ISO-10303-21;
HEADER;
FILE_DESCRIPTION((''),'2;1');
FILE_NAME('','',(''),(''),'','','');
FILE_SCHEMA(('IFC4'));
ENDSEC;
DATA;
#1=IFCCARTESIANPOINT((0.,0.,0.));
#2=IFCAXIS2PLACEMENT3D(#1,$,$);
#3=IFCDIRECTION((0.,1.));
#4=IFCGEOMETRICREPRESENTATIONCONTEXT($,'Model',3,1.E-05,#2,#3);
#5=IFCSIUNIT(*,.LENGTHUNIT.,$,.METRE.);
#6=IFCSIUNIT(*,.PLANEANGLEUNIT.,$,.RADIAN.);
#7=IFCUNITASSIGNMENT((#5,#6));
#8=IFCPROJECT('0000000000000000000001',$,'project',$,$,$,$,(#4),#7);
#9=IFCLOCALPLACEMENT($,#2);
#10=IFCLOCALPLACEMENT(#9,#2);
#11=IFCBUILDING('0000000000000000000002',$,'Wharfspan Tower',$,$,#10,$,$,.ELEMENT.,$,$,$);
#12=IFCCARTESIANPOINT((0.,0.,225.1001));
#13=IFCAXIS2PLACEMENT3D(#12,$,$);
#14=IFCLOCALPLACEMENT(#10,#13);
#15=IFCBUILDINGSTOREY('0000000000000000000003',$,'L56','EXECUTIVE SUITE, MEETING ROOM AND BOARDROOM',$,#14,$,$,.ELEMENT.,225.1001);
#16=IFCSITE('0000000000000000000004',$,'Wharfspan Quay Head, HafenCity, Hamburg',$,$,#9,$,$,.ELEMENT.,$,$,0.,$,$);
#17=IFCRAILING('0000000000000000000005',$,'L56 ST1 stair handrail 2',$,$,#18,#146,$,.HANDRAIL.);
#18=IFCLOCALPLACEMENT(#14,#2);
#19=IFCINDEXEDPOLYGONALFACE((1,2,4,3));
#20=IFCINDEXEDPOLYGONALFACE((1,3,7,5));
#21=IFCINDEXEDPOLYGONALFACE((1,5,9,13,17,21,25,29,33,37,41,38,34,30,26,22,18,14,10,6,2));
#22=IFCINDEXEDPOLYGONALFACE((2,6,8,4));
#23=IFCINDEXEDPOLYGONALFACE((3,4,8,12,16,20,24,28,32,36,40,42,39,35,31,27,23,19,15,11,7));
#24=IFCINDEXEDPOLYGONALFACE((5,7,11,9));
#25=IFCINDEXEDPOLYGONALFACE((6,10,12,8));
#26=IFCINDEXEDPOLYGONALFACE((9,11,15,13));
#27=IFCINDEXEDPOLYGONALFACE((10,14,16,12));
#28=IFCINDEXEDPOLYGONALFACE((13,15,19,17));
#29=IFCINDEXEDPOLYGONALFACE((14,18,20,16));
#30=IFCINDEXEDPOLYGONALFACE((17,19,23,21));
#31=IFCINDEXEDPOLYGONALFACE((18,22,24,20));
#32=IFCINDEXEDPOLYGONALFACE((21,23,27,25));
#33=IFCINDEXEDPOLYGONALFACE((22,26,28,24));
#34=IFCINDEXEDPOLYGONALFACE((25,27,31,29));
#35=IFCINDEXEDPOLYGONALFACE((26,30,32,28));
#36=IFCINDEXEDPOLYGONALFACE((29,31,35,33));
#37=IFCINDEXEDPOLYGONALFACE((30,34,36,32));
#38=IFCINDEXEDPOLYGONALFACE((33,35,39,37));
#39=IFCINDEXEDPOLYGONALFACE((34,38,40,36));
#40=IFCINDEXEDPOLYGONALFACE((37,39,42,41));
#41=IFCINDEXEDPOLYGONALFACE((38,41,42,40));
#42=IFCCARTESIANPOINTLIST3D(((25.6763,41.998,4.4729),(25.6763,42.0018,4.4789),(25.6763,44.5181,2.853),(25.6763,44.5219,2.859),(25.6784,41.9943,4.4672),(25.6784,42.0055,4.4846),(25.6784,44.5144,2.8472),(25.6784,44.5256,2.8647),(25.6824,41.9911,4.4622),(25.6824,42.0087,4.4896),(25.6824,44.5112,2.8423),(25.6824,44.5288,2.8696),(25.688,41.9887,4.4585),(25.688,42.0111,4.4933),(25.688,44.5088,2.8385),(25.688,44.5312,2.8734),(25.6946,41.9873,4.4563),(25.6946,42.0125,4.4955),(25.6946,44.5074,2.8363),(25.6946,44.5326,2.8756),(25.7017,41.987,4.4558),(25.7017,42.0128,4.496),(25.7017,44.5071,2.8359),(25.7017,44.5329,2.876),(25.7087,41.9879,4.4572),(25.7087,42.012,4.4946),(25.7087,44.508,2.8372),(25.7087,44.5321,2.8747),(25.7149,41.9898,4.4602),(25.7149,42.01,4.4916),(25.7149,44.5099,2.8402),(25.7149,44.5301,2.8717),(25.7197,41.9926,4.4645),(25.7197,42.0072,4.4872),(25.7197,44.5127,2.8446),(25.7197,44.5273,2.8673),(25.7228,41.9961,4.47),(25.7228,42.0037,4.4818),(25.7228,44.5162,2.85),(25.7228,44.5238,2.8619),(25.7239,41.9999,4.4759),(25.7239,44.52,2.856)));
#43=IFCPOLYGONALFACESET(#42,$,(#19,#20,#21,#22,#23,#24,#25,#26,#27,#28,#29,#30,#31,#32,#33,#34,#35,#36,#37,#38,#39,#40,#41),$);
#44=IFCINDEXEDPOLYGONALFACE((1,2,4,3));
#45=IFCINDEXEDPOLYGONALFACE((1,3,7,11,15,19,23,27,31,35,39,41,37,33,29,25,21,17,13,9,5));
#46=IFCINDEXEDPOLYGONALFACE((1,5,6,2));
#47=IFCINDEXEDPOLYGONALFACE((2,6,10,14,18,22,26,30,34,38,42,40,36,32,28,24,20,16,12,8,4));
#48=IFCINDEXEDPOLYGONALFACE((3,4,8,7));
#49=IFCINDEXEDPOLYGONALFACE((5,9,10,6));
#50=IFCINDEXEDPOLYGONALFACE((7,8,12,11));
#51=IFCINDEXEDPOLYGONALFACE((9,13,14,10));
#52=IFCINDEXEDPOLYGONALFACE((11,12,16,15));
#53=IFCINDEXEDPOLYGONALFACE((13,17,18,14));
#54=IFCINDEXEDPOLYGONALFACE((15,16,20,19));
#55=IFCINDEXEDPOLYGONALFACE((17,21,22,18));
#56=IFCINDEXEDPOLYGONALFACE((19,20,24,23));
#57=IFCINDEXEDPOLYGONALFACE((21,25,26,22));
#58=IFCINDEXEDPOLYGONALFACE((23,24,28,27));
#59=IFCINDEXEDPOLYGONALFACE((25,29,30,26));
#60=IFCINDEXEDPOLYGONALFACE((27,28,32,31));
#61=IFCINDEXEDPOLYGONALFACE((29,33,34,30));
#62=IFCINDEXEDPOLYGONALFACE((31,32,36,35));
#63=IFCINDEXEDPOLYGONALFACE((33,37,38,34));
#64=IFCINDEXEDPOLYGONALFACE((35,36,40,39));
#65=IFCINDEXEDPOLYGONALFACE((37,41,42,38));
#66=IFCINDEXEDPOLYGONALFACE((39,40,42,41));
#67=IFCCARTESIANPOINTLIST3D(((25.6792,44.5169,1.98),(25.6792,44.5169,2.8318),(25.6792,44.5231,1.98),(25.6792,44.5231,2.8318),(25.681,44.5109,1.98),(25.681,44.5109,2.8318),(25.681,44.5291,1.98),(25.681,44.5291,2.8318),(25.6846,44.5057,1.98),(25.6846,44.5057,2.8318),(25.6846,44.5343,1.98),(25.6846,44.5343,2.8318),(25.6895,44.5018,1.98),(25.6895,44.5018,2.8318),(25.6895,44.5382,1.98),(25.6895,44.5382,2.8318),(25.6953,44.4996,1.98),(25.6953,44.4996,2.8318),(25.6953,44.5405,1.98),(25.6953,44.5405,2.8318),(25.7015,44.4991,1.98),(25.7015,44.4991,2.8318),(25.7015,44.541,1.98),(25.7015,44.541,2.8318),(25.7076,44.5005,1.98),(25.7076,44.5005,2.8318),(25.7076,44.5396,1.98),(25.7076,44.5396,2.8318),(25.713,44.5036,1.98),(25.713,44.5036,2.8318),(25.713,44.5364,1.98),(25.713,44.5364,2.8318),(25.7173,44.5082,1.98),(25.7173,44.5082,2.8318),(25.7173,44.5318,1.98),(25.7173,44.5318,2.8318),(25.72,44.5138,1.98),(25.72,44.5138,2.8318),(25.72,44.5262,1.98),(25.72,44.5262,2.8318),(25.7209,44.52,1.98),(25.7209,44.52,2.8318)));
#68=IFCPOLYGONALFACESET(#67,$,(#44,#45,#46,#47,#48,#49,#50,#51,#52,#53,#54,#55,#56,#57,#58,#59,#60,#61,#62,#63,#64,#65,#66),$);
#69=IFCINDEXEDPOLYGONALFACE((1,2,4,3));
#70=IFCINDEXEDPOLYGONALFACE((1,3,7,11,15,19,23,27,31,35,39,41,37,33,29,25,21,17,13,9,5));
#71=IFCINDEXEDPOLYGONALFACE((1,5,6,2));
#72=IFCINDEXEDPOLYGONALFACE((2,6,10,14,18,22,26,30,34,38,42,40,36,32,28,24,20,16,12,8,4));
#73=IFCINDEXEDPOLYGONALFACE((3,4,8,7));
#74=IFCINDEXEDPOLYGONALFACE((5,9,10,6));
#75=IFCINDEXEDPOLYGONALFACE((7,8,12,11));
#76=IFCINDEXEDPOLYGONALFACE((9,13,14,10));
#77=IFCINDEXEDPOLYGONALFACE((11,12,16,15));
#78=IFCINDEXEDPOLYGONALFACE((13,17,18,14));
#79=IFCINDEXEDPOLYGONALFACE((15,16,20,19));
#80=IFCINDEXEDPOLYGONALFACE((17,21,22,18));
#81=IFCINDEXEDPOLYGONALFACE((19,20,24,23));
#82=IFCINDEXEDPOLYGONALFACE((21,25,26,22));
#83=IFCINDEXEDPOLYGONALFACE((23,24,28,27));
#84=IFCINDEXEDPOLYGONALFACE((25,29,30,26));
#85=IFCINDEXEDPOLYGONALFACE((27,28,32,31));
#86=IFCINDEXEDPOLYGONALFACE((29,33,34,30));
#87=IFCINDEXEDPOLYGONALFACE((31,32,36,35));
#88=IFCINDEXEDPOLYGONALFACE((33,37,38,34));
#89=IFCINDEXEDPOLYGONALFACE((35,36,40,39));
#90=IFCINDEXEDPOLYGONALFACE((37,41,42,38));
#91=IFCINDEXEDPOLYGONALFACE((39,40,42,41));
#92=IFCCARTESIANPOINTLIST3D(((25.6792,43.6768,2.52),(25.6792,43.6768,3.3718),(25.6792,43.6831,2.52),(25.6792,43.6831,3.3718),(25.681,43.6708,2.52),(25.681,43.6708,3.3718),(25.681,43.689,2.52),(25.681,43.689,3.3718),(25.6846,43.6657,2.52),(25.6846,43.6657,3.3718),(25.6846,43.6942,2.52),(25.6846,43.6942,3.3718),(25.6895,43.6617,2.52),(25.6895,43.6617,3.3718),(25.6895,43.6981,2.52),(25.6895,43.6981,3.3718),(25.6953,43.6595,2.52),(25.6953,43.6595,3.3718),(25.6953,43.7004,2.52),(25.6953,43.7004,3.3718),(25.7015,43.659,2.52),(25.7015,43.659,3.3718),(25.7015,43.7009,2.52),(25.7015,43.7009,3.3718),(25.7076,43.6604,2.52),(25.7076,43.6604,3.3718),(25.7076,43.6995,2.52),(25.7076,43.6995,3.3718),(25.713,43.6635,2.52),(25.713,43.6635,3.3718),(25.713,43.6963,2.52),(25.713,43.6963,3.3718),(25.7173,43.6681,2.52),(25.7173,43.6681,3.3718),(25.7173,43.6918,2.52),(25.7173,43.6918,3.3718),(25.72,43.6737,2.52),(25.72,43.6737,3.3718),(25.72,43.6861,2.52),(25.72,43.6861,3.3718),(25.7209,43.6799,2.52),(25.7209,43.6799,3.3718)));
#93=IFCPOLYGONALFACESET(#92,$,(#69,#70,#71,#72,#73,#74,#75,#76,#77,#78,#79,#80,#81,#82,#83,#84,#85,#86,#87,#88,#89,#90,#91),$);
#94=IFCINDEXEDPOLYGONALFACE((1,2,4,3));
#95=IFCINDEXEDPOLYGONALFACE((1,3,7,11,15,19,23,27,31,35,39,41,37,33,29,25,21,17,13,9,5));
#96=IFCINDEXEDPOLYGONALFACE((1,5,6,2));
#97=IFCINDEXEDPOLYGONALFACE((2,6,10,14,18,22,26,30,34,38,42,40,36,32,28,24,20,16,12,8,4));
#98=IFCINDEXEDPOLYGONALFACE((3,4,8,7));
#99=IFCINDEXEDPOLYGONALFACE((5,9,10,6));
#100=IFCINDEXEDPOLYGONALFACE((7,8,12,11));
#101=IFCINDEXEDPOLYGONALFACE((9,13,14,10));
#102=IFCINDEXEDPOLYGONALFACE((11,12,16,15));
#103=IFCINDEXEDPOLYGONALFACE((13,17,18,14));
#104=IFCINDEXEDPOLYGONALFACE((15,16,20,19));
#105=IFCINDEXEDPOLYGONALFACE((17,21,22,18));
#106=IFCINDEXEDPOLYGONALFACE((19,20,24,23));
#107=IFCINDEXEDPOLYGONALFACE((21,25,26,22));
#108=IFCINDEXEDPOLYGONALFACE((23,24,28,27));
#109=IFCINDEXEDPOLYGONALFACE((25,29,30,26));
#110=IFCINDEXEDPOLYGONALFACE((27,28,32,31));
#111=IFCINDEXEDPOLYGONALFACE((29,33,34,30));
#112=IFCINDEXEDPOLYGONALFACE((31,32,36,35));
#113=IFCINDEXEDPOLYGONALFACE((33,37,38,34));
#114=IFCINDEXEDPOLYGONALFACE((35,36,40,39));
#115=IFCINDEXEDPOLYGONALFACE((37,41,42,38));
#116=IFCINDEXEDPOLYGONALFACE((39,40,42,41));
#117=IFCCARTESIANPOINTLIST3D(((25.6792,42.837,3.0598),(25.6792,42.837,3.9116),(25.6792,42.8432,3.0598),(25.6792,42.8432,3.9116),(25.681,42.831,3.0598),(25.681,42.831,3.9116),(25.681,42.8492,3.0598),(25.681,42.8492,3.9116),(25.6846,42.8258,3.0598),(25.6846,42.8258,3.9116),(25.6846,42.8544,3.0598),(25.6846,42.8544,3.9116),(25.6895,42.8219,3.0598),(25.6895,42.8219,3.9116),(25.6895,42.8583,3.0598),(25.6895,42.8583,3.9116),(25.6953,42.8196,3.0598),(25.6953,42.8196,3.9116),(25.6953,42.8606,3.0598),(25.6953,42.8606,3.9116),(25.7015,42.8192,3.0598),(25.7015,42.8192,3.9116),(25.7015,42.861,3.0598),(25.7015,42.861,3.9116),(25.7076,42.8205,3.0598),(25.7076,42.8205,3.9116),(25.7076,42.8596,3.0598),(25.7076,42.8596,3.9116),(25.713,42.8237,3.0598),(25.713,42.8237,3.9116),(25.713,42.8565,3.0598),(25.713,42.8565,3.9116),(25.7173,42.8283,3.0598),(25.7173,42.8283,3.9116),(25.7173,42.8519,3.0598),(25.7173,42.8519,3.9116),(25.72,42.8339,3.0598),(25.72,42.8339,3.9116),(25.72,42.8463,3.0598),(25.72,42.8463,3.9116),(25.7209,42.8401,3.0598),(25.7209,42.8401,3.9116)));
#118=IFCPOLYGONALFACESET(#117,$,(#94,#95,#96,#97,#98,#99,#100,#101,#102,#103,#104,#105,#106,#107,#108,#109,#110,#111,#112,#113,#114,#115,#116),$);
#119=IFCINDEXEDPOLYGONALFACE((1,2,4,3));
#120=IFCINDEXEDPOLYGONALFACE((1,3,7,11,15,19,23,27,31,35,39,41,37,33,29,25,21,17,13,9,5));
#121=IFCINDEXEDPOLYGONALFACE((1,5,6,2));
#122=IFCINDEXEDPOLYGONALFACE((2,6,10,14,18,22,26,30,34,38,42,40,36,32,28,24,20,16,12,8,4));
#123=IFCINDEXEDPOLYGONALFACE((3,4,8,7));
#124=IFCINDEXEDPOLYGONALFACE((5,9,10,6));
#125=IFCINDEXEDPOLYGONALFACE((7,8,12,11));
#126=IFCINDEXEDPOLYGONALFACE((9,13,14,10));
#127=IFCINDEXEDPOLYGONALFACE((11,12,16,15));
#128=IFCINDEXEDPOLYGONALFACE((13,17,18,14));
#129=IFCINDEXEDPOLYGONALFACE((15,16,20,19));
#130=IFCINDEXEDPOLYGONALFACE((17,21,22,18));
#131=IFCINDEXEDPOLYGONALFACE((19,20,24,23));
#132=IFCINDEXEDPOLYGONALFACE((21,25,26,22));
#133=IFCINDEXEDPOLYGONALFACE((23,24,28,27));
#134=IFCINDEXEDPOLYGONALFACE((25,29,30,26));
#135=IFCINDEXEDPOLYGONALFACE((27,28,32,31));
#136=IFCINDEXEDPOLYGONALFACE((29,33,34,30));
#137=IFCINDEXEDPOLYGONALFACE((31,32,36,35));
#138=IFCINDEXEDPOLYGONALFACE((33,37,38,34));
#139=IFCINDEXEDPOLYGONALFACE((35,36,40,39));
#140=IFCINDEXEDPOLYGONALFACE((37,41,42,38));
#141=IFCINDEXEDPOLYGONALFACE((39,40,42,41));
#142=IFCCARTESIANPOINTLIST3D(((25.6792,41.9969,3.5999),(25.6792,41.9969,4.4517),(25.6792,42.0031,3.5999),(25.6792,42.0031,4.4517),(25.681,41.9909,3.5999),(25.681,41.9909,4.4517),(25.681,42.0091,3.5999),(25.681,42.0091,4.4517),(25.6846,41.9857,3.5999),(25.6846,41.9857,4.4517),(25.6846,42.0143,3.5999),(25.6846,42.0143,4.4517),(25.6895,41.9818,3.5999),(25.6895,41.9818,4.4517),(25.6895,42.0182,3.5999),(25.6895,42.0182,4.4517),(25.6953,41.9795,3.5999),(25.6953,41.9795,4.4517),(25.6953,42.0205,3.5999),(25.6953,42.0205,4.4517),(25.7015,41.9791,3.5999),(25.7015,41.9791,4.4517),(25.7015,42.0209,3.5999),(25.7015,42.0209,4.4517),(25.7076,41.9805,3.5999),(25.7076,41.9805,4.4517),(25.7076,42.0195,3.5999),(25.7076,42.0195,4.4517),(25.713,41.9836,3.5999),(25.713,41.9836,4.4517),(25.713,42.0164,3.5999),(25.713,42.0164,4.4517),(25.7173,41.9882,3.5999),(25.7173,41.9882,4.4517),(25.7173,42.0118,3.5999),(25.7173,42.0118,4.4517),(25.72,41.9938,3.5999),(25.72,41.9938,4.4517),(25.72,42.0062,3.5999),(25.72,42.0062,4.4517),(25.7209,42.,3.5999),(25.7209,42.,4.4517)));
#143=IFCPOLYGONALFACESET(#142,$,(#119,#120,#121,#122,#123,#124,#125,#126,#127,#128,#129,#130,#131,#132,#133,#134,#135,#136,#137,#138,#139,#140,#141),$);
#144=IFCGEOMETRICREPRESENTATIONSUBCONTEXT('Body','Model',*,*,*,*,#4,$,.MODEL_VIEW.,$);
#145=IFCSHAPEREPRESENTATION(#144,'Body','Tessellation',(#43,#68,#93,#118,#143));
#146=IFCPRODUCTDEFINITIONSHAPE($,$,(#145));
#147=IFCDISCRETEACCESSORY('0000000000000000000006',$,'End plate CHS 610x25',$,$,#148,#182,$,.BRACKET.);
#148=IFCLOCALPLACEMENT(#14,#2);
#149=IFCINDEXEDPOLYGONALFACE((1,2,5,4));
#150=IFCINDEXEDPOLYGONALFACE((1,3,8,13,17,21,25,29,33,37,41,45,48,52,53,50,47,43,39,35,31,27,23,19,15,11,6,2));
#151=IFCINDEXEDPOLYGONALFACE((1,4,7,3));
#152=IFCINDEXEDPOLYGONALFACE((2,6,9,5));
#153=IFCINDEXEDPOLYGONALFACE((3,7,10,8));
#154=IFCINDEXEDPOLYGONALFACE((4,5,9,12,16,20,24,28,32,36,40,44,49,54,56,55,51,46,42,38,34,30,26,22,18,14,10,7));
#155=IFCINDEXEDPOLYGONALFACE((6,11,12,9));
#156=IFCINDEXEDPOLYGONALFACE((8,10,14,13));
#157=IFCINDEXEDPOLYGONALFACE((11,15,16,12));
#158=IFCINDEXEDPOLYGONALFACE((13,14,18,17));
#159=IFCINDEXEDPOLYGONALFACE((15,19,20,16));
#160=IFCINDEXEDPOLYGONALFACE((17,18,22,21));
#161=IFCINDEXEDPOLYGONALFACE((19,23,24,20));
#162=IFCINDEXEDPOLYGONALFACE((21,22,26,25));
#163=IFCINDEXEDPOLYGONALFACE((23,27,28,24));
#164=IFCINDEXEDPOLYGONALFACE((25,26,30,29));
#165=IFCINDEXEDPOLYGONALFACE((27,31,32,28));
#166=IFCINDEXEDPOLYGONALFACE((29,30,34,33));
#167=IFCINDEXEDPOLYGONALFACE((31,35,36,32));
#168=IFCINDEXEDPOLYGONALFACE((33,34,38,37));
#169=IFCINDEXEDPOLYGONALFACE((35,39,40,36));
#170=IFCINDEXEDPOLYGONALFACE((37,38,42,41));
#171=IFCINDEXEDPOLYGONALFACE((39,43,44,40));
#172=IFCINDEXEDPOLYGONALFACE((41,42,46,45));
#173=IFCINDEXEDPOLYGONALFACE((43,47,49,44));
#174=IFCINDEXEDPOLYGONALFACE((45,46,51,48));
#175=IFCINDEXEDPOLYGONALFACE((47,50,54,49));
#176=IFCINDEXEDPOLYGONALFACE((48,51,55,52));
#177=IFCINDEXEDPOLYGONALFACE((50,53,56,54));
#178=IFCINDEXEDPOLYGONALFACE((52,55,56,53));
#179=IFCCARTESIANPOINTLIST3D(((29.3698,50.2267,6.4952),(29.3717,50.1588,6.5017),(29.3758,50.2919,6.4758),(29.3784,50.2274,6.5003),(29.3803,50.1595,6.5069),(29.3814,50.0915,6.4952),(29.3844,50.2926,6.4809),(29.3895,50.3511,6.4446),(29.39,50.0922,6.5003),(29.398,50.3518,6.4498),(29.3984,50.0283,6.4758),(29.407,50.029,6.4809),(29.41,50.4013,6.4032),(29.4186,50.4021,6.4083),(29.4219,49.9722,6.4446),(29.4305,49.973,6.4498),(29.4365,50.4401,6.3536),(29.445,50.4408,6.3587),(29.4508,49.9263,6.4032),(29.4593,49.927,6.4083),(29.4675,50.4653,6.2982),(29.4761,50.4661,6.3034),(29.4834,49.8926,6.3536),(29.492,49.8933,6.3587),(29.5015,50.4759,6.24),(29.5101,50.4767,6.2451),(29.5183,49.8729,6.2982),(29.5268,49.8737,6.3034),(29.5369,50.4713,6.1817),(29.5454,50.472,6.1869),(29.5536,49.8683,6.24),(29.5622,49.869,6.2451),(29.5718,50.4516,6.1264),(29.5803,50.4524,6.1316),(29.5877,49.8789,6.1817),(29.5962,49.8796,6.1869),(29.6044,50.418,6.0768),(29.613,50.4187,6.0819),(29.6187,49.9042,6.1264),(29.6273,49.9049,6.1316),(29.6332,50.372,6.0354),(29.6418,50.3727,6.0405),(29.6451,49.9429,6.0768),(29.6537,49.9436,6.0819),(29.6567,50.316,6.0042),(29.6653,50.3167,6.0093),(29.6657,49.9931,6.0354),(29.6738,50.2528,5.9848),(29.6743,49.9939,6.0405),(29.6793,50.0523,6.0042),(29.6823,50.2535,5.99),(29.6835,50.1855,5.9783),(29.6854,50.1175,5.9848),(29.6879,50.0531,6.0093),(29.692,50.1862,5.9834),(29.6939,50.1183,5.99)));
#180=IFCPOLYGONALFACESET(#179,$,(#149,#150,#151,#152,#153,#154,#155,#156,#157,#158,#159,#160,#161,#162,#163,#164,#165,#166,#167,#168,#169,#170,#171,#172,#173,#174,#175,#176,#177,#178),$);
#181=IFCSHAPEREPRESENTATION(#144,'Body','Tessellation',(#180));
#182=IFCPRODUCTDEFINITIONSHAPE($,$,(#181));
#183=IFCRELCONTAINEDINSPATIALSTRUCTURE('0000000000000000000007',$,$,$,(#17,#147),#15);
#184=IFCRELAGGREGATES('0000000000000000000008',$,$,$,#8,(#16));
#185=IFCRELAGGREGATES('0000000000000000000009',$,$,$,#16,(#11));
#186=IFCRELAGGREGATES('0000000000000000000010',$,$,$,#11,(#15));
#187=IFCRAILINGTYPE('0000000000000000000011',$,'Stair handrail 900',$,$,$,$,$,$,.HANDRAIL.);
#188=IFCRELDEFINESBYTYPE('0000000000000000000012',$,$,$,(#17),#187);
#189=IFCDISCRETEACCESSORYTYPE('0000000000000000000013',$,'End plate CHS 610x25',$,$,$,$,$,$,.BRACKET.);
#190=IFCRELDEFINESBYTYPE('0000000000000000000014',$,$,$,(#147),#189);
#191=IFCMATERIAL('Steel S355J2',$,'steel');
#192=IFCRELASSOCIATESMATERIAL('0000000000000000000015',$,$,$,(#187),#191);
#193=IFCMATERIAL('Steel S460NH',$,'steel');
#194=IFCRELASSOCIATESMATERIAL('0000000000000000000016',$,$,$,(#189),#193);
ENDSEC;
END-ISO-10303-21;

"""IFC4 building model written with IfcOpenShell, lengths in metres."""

from ifc_helpers import new_model, si_unit, direction, frame, origin, origin_2d, place, context, subcontext, project, spatial, circle, extrude, material, material_profile, profile_set, type_object, element, save


model = new_model("IFC4")

# Units and contexts
model_context = context("Model", 3, precision=1e-05, world=origin(), true_north=direction((0.0, 1.0)))
body_context = subcontext(model_context, "Body", "Model", "MODEL_VIEW")
ifc_project = project(units=[si_unit("LENGTHUNIT", "METRE"), si_unit("PLANEANGLEUNIT", "RADIAN")], contexts=[model_context])

# Site, building, storey
site_placement = place(None, origin())
site = spatial("IfcSite", under=ifc_project, at=site_placement, Name="Wharfspan Quay Head, HafenCity, Hamburg", CompositionType="ELEMENT", RefElevation=0.0)
building_placement = place(site_placement, origin())
building = spatial("IfcBuilding", under=site, at=building_placement, Name="Wharfspan Tower", CompositionType="ELEMENT")
storey_placement = place(building_placement, frame((0.0, 0.0, 225.1001)))
storey = spatial("IfcBuildingStorey", under=building, at=storey_placement, Name="L56", Description="EXECUTIVE SUITE, MEETING ROOM AND BOARDROOM", CompositionType="ELEMENT", Elevation=225.1001)

# Shared definitions
ifc_material_1 = material(Name="Steel S355J2", Category="steel")

# Shared definitions
ifc_material_2 = material(Name="Steel S460NH", Category="steel")

# Railing
railing_type_1 = type_object("IfcRailingType", Name="Stair handrail 900", PredefinedType="HANDRAIL", material=ifc_material_1)
railing_1_placement = place(storey_placement, frame((25.7, 44.52, 1.98)))
element("IfcRailing", 1, at=railing_1_placement, inside=storey, type_object=railing_type_1, Name="L56 ST1 stair handrail 2", PredefinedType="HANDRAIL", context=body_context, shape_type="SweptSolid", body=[
    extrude(circle(Radius=0.0239, at=origin_2d()), frame((0.0, 0.0, 0.876), z_axis=(0.0, -0.8412, 0.540725), x_axis=(1.0, 0.0, 0.0)), (0.0, 0.0, 1.0), 2.9958),
    extrude(circle(Radius=0.021, at=origin_2d()), origin(), (0.0, 0.0, 1.0), 0.8518),
    extrude(circle(Radius=0.021, at=origin_2d()), frame((0.0, -0.8401, 0.54)), (0.0, 0.0, 1.0), 0.8518),
    extrude(circle(Radius=0.021, at=origin_2d()), frame((0.0, -1.6799, 1.0798)), (0.0, 0.0, 1.0), 0.8518),
    extrude(circle(Radius=0.021, at=origin_2d()), frame((0.0, -2.52, 1.6199)), (0.0, 0.0, 1.0), 0.8518),
])

# Discrete accessory
ifc_material_profile_1 = material_profile(ifc_material_2, circle(Radius=0.3049, at=origin_2d()))
ifc_profile_set_1 = profile_set([ifc_material_profile_1], Name="Steel S460NH")
discrete_accessory_type = type_object("IfcDiscreteAccessoryType", Name="End plate CHS 610x25", PredefinedType="BRACKET", material=ifc_profile_set_1)
for number, where, z_axis, x_axis, name in (
    (2, (29.5276, 50.1721, 6.24), (0.855186, 0.073302, 0.513112), (-0.085402, 0.996345, 0.000001), "End plate CHS 610x25"),
):
    element("IfcDiscreteAccessory", number, at=place(storey_placement, frame(where, z_axis=z_axis, x_axis=x_axis)), inside=storey, type_object=discrete_accessory_type, Name=name, PredefinedType="BRACKET", context=body_context, shape_type="SweptSolid", body=[
        extrude(circle(Radius=0.3049, at=origin_2d()), origin(), (0.0, 0.0, 1.0), 0.01),
    ])

save(model, "model.ifc")
